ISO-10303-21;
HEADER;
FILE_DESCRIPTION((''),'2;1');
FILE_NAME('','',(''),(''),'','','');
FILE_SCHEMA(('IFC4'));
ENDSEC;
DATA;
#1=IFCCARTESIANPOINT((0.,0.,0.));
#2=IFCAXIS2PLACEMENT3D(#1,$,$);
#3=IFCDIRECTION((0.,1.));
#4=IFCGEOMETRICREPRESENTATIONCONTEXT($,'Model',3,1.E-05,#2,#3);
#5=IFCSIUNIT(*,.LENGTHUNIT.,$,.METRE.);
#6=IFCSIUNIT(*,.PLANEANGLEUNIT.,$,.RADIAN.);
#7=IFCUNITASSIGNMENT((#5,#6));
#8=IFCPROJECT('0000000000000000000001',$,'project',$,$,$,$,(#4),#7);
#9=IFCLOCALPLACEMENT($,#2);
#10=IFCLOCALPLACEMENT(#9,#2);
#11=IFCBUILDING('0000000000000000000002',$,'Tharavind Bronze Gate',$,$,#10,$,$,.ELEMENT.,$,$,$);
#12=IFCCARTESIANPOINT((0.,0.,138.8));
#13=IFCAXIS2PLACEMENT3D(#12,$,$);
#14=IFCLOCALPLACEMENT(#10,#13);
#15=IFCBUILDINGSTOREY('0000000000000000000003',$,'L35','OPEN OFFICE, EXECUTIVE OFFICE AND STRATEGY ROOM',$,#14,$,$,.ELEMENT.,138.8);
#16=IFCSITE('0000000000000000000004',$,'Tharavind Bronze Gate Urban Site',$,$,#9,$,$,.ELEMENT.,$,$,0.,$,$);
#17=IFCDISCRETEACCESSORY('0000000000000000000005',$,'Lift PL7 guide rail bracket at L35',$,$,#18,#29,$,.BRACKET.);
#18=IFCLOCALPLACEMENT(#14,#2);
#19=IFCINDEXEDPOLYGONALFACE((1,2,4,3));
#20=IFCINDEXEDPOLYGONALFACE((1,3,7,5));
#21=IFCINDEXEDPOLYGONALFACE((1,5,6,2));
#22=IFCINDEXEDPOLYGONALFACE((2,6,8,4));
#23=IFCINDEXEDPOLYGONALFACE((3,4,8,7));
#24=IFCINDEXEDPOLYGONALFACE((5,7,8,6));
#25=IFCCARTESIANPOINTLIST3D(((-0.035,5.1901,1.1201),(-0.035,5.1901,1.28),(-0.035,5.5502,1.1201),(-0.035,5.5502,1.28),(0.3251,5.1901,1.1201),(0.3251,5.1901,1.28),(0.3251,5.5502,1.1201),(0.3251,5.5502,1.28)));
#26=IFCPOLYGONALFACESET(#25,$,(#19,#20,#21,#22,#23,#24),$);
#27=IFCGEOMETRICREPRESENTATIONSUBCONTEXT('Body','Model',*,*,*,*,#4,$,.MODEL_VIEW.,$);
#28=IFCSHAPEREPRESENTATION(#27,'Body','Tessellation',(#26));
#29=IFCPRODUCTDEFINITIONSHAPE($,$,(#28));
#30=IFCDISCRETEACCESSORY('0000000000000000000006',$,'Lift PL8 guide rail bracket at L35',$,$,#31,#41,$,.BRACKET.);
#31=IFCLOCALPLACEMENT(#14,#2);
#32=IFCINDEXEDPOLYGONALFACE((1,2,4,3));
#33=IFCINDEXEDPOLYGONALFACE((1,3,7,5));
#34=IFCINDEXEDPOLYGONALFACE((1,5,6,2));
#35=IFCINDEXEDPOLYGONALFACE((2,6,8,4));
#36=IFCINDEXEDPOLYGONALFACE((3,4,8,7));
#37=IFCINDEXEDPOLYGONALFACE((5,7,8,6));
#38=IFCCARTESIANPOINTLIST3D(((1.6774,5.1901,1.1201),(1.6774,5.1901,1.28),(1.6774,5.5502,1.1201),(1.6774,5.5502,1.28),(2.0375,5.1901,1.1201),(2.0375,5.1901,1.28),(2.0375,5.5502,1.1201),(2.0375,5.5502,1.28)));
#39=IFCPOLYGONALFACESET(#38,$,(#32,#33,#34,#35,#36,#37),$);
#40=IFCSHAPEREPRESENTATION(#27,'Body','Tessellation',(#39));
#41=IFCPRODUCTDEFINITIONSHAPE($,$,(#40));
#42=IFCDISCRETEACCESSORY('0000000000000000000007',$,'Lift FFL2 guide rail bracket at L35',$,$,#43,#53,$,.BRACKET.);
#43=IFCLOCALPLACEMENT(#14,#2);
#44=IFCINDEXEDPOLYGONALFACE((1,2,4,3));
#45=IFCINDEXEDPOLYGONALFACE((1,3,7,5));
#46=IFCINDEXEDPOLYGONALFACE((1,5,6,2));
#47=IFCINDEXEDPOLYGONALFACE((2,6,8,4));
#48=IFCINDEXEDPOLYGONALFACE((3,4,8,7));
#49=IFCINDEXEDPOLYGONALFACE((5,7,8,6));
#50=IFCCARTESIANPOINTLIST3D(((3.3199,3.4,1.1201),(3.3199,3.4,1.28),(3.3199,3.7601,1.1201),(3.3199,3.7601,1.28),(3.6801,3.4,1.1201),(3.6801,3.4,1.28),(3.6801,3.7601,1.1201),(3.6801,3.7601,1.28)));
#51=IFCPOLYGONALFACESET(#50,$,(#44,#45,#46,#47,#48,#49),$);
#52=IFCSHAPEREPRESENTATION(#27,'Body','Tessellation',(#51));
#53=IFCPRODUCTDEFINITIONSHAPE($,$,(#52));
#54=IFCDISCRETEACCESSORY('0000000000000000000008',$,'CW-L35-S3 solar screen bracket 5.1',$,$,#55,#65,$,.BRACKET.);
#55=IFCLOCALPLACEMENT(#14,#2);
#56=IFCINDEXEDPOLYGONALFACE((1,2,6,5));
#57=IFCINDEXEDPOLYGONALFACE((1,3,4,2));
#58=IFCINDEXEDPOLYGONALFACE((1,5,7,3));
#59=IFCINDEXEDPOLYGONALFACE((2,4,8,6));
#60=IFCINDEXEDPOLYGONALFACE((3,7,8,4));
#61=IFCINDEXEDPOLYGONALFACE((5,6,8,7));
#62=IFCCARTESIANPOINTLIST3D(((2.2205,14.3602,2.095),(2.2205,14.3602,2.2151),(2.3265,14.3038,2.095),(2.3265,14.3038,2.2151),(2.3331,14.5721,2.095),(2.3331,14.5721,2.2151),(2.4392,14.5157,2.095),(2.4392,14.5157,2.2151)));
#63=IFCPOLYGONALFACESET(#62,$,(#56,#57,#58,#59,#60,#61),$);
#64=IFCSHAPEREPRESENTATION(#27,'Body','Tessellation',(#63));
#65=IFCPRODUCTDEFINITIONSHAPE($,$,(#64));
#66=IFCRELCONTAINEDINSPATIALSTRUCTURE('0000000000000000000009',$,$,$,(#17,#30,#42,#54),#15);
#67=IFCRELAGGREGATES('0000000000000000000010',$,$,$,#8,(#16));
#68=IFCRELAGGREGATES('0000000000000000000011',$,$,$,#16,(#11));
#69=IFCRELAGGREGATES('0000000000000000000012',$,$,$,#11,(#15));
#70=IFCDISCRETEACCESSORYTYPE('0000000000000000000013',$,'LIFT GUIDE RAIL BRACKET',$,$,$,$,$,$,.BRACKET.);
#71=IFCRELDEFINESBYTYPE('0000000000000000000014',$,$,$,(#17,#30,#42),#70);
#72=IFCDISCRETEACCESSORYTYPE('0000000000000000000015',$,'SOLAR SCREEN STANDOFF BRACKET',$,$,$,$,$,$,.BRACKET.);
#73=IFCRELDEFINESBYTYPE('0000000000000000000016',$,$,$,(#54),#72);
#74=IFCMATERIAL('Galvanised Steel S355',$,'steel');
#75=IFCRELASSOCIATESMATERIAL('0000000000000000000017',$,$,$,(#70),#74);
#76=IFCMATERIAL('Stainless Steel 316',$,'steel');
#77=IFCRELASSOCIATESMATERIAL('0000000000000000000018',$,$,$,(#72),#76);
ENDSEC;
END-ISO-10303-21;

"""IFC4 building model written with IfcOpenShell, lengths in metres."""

from ifc_helpers import new_model, si_unit, direction, frame, origin, origin_2d, place, context, subcontext, project, spatial, rectangle, extrude, material, type_object, element, save


model = new_model("IFC4")

# Units and contexts
model_context = context("Model", 3, precision=1e-05, world=origin(), true_north=direction((0.0, 1.0)))
body_context = subcontext(model_context, "Body", "Model", "MODEL_VIEW")
ifc_project = project(units=[si_unit("LENGTHUNIT", "METRE"), si_unit("PLANEANGLEUNIT", "RADIAN")], contexts=[model_context])

# Site, building, storey
site_placement = place(None, origin())
site = spatial("IfcSite", under=ifc_project, at=site_placement, Name="Tharavind Bronze Gate Urban Site", CompositionType="ELEMENT", RefElevation=0.0)
building_placement = place(site_placement, origin())
building = spatial("IfcBuilding", under=site, at=building_placement, Name="Tharavind Bronze Gate", CompositionType="ELEMENT")
storey_placement = place(building_placement, frame((0.0, 0.0, 138.8)))
storey = spatial("IfcBuildingStorey", under=building, at=storey_placement, Name="L35", Description="OPEN OFFICE, EXECUTIVE OFFICE AND STRATEGY ROOM", CompositionType="ELEMENT", Elevation=138.8)

# Discrete accessories
ifc_material_1 = material(Name="Galvanised Steel S355", Category="steel")
discrete_accessory_type_1 = type_object("IfcDiscreteAccessoryType", Name="LIFT GUIDE RAIL BRACKET", PredefinedType="BRACKET", material=ifc_material_1)
for number, where, z_axis, x_axis, name in (
    (1, (0.145, 5.3701, 1.1201), (0.0, 0.0, 1.0), (1.0, 0.0, 0.0), "Lift PL7 guide rail bracket at L35"),
    (2, (1.8574, 5.3701, 1.1201), (0.0, 0.0, 1.0), (1.0, 0.0, 0.0), "Lift PL8 guide rail bracket at L35"),
    (3, (3.5, 3.5801, 1.1201), (0.0, 0.0, 1.0), (1.0, 0.0, 0.0), "Lift FFL2 guide rail bracket at L35"),
):
    element("IfcDiscreteAccessory", number, at=place(storey_placement, frame(where, z_axis=z_axis, x_axis=x_axis)), inside=storey, type_object=discrete_accessory_type_1, Name=name, PredefinedType="BRACKET", context=body_context, shape_type="SweptSolid", body=[
        extrude(rectangle(XDim=0.3601, YDim=0.3601, at=origin_2d()), origin(), (0.0, 0.0, 1.0), 0.1599),
    ])
ifc_material_2 = material(Name="Stainless Steel 316", Category="steel")
discrete_accessory_type_2 = type_object("IfcDiscreteAccessoryType", Name="SOLAR SCREEN STANDOFF BRACKET", PredefinedType="BRACKET", material=ifc_material_2)
discrete_accessory_placement = place(storey_placement, frame((2.3298, 14.438, 2.095), z_axis=(0.0, 0.0, 1.0), x_axis=(-0.882948, 0.469472, 0.0)))
element("IfcDiscreteAccessory", 4, at=discrete_accessory_placement, inside=storey, type_object=discrete_accessory_type_2, Name="CW-L35-S3 solar screen bracket 5.1", PredefinedType="BRACKET", context=body_context, shape_type="SweptSolid", body=[
    extrude(rectangle(XDim=0.1201, YDim=0.24, at=origin_2d()), origin(), (0.0, 0.0, 1.0), 0.1201),
])

save(model, "model.ifc")
